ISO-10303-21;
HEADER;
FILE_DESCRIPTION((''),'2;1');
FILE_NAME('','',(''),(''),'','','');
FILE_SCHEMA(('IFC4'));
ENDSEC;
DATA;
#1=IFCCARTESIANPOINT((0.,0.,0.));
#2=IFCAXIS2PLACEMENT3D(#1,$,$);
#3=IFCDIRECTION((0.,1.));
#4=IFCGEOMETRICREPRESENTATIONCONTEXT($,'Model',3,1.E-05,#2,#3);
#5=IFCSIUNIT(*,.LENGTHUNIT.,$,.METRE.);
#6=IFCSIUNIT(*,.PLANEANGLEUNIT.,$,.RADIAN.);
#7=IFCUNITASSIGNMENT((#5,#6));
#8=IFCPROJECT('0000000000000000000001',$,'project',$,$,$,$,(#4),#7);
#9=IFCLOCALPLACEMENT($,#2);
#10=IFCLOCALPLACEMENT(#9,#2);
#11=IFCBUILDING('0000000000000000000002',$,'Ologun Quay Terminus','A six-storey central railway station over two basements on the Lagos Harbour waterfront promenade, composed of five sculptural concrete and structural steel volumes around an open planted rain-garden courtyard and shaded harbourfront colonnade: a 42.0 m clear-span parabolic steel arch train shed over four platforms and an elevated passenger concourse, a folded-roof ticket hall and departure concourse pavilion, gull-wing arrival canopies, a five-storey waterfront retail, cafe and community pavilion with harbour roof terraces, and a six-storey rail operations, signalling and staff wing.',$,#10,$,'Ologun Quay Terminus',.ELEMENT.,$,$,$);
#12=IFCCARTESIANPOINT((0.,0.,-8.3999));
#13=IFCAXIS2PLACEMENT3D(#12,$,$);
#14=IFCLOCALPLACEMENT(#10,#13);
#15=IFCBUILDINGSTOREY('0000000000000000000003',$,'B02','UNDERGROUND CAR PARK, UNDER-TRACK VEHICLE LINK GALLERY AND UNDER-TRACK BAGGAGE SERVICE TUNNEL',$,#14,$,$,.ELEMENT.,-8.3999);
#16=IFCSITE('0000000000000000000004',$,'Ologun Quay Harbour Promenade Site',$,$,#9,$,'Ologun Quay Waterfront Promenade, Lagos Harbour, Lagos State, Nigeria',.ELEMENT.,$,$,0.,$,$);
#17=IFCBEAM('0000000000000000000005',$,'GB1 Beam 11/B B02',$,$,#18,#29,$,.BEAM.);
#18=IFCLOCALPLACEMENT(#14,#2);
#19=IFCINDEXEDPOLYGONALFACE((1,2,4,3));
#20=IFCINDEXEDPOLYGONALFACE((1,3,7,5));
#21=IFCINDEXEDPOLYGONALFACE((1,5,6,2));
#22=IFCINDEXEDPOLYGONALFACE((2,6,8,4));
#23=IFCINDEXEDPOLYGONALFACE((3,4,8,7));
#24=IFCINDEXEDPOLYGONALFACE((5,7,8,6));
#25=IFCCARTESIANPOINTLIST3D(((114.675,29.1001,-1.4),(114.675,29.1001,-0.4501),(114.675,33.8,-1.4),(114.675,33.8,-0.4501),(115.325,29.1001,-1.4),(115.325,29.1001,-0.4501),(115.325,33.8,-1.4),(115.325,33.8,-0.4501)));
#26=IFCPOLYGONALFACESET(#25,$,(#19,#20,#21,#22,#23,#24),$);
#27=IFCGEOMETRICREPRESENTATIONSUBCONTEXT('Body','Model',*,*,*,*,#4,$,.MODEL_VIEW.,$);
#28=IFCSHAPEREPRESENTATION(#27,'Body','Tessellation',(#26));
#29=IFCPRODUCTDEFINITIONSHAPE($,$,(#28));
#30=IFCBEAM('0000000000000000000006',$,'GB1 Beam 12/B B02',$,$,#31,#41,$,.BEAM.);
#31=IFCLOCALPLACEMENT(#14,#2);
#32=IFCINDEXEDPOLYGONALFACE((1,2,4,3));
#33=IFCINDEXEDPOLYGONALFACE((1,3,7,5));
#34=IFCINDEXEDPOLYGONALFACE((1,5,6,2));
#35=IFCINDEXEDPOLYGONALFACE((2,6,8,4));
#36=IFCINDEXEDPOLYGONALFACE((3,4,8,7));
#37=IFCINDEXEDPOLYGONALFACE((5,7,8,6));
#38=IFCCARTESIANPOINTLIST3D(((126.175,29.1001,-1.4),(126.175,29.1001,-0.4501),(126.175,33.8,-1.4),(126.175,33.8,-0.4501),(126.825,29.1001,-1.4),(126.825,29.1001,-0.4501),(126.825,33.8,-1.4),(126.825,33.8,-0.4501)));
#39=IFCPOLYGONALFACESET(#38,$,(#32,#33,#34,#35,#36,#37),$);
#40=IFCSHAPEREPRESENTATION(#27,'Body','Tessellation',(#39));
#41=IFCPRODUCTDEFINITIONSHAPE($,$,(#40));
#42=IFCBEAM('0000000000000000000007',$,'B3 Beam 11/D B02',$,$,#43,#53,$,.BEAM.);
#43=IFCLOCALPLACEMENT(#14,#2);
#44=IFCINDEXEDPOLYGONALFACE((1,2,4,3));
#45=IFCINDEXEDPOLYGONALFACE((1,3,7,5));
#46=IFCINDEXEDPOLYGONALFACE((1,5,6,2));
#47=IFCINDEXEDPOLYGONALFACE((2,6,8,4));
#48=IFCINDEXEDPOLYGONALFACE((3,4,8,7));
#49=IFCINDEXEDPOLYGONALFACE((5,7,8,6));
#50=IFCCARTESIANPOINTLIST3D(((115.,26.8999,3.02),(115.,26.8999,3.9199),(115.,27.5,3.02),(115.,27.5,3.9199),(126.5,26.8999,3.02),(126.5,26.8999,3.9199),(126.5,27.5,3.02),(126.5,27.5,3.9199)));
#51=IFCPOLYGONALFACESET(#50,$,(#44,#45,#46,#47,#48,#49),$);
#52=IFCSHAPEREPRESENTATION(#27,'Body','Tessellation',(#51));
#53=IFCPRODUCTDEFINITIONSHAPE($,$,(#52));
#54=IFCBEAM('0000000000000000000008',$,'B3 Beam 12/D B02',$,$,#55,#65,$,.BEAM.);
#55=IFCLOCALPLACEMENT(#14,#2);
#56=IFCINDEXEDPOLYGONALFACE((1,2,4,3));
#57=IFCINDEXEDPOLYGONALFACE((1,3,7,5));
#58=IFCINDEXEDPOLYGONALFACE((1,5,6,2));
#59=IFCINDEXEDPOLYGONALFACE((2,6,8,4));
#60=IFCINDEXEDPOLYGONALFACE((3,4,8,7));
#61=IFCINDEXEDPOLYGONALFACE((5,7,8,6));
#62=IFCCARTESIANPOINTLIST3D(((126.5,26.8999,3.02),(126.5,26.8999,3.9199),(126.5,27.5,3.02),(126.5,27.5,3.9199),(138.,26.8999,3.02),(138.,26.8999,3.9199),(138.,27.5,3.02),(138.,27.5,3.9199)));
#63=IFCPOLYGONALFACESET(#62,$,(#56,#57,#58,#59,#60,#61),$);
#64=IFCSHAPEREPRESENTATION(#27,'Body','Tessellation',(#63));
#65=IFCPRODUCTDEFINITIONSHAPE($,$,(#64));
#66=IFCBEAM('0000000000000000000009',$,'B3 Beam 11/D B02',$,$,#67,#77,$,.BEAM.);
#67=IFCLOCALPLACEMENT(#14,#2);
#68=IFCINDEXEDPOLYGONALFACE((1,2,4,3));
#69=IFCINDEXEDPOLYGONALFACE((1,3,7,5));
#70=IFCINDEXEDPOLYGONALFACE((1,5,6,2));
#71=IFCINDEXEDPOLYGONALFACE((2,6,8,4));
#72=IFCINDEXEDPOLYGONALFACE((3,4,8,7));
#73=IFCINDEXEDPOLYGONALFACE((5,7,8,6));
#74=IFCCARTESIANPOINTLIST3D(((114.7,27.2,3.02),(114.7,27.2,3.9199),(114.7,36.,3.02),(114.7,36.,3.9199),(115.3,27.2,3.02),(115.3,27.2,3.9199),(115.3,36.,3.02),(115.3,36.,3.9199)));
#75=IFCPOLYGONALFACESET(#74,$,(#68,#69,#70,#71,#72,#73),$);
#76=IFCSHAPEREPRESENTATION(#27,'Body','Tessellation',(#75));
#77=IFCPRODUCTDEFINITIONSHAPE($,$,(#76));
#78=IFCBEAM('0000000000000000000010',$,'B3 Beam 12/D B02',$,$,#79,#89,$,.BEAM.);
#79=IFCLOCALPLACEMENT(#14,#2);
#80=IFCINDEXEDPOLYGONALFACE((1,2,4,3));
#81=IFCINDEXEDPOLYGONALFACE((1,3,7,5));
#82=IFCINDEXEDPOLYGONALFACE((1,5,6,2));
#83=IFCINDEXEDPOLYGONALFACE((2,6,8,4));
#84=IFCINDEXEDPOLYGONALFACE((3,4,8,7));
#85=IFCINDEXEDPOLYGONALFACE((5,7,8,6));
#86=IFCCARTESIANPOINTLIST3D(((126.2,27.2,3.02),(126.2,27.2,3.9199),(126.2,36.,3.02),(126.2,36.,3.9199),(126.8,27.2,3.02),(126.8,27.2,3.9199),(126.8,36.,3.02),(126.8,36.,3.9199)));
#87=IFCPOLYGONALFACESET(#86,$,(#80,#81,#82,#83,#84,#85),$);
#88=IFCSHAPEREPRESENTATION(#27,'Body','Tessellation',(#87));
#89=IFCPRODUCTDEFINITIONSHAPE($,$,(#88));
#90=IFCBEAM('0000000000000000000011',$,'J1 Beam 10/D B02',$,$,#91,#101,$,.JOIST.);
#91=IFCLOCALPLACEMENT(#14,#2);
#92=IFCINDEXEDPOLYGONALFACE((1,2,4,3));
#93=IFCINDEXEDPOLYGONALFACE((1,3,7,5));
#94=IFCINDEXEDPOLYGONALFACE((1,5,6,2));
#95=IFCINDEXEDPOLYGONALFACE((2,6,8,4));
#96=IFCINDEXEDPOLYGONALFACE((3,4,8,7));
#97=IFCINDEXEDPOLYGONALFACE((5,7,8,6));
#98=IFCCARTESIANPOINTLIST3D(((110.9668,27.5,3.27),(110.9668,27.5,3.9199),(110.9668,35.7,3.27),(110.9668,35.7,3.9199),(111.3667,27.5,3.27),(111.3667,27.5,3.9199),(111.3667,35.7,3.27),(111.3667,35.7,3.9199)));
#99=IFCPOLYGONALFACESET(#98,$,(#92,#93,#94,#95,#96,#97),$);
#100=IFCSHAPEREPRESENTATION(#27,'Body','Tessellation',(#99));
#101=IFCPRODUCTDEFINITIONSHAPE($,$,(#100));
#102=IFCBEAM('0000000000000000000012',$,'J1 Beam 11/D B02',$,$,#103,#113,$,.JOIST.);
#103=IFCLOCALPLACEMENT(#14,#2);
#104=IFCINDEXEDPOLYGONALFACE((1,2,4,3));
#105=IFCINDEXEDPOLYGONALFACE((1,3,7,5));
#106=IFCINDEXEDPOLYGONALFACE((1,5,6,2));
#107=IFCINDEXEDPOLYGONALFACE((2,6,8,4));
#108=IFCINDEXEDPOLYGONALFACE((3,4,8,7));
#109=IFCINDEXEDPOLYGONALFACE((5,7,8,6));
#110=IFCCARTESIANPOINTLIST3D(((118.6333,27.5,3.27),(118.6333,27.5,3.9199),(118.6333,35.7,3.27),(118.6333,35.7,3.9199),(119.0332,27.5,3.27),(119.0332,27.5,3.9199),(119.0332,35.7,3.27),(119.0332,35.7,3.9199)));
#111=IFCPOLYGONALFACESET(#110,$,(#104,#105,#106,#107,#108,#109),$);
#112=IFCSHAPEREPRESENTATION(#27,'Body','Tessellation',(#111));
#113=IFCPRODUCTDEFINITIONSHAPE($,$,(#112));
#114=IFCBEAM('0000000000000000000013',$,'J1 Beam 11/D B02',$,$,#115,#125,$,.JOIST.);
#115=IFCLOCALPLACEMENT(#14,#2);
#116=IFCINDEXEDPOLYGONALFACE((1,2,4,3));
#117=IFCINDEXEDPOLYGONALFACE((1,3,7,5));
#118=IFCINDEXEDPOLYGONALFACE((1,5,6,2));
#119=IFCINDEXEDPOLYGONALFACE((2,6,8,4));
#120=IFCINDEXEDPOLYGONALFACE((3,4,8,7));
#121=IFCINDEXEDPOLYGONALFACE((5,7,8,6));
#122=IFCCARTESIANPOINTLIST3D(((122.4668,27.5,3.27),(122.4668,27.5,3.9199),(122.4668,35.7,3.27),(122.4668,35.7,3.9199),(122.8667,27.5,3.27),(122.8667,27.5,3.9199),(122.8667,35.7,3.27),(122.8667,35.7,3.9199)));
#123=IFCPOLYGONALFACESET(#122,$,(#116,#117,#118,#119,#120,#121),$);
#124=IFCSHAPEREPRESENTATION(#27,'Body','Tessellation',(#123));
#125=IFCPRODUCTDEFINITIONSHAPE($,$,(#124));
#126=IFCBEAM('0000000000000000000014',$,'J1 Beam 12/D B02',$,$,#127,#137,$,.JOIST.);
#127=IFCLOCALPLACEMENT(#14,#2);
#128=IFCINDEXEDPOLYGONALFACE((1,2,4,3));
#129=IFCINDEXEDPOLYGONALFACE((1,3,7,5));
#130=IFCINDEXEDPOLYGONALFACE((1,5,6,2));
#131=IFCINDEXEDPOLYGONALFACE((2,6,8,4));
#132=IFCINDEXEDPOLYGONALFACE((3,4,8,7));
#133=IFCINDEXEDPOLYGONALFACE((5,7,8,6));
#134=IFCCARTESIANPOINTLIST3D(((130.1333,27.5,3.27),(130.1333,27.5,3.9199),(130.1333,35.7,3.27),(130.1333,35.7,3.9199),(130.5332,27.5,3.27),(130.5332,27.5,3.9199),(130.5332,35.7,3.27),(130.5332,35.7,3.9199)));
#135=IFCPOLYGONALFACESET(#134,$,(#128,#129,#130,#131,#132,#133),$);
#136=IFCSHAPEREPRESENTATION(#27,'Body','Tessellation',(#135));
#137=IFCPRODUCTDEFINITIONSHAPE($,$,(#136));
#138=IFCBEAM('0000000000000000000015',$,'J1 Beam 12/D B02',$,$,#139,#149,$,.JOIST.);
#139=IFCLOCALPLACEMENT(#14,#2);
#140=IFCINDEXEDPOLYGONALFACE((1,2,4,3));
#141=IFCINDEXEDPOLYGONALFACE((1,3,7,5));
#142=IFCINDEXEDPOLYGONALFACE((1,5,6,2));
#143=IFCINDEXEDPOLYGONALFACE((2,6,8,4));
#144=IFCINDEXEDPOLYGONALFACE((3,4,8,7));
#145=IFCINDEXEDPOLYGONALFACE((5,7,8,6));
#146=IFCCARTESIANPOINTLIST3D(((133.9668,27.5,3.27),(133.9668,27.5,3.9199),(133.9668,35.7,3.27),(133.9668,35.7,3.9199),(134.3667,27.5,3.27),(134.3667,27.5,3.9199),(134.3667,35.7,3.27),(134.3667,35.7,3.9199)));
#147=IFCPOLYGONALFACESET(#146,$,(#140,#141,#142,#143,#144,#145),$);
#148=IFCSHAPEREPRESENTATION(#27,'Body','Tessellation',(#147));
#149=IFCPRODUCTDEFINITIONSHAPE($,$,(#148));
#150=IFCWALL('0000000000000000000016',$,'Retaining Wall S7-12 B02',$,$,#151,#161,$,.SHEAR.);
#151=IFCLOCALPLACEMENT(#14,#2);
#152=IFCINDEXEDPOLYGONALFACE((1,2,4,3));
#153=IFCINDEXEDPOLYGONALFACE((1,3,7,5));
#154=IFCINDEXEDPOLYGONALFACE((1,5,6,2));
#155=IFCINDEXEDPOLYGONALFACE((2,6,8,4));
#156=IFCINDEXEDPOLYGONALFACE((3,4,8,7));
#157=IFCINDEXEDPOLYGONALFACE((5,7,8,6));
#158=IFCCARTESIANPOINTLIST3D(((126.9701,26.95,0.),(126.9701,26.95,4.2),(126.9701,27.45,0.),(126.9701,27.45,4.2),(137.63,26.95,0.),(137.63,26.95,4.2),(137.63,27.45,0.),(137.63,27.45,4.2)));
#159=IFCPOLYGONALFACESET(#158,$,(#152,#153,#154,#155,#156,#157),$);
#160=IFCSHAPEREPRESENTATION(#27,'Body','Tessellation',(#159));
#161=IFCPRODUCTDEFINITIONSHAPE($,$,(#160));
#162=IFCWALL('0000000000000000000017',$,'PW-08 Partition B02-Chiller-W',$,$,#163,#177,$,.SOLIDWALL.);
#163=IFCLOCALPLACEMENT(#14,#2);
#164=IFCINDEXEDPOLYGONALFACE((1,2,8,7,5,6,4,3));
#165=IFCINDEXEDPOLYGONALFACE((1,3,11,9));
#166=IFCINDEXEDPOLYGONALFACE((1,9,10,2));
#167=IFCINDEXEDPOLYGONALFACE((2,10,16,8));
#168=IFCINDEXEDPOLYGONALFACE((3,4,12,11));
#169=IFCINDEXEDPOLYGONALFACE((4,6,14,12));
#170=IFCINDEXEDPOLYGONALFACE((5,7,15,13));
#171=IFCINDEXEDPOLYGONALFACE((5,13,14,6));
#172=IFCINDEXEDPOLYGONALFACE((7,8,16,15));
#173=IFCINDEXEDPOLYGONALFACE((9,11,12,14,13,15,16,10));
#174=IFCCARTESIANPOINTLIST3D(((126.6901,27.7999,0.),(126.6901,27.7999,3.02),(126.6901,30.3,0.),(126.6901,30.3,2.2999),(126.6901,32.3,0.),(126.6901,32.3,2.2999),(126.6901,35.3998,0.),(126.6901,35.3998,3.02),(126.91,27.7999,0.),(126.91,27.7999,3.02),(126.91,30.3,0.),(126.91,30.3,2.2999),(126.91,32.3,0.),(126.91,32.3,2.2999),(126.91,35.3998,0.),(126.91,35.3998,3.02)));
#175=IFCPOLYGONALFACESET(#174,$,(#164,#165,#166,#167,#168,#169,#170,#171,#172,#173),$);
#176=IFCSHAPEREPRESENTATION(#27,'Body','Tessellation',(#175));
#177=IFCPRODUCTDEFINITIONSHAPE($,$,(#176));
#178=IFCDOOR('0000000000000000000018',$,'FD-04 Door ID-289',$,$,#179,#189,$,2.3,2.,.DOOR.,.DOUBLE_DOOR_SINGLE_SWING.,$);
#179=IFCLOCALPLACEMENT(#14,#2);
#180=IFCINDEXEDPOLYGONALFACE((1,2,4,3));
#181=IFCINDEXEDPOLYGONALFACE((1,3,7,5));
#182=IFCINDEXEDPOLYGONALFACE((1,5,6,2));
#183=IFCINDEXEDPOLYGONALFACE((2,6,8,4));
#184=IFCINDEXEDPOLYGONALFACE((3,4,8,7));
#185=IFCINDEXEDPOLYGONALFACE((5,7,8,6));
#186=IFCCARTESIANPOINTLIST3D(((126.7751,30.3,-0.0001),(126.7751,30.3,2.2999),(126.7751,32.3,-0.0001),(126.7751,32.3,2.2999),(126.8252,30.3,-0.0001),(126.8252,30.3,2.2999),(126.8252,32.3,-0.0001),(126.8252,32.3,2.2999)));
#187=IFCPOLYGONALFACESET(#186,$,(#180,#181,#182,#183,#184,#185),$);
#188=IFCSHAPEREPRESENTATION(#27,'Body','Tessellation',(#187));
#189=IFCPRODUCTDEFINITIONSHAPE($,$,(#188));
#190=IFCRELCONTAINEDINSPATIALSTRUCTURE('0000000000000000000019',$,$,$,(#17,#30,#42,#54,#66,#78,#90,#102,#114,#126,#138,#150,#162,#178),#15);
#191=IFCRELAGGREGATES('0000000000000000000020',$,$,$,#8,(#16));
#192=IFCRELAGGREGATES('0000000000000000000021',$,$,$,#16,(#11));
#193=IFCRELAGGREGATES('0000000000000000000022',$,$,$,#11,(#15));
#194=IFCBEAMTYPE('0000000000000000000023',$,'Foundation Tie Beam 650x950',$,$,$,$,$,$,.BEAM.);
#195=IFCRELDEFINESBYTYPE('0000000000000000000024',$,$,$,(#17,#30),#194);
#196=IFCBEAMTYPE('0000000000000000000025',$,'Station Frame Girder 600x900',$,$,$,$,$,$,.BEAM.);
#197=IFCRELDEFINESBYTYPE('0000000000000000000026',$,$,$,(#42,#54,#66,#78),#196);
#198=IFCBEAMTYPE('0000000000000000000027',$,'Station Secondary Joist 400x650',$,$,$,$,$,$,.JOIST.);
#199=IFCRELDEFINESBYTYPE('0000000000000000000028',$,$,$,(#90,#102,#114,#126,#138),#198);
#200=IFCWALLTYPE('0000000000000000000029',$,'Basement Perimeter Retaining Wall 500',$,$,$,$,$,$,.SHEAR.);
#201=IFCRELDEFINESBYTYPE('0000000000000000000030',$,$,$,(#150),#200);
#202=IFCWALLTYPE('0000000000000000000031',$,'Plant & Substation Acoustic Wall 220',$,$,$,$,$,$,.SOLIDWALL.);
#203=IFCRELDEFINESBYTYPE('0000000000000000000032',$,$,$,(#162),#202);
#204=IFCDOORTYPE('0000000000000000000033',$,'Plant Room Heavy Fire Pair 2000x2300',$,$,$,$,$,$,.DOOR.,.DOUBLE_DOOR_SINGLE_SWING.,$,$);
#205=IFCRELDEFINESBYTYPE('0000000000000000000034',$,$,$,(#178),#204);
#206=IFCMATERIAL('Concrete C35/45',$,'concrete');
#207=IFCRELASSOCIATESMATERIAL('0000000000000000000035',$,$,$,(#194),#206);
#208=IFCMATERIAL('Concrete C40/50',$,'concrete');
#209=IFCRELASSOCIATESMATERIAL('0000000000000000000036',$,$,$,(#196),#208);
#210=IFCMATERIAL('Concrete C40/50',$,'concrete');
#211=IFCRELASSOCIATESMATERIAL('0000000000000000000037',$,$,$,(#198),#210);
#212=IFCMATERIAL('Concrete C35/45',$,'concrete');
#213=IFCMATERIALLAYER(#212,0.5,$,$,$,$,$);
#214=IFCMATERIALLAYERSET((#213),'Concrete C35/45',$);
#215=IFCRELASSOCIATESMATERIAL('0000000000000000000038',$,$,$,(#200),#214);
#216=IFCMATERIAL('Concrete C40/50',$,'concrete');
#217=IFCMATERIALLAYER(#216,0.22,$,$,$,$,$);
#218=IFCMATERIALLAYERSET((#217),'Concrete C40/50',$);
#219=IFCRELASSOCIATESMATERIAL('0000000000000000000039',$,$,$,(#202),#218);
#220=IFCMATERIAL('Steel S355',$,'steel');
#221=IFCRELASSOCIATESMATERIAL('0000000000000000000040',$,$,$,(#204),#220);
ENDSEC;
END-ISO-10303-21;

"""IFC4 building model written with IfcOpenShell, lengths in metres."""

from ifc_helpers import new_model, si_unit, direction, frame, frame_2d, origin, origin_2d, place, context, subcontext, project, spatial, rectangle, extrude, material, layer, layer_set, material_profile, profile_set, type_object, element, fill, save


model = new_model("IFC4")

# Units and contexts
model_context = context("Model", 3, precision=1e-05, world=origin(), true_north=direction((0.0, 1.0)))
body_context = subcontext(model_context, "Body", "Model", "MODEL_VIEW")
ifc_project = project(units=[si_unit("LENGTHUNIT", "METRE"), si_unit("PLANEANGLEUNIT", "RADIAN")], contexts=[model_context])

# Site, building, storey
site_placement = place(None, origin())
site = spatial("IfcSite", under=ifc_project, at=site_placement, Name="Ologun Quay Harbour Promenade Site", LongName="Ologun Quay Waterfront Promenade, Lagos Harbour, Lagos State, Nigeria", CompositionType="ELEMENT", RefElevation=0.0)
building_placement = place(site_placement, origin())
building = spatial("IfcBuilding", under=site, at=building_placement, Name="Ologun Quay Terminus", Description="A six-storey central railway station over two basements on the Lagos Harbour waterfront promenade, composed of five sculptural concrete and structural steel volumes around an open planted rain-garden courtyard and shaded harbourfront colonnade: a 42.0 m clear-span parabolic steel arch train shed over four platforms and an elevated passenger concourse, a folded-roof ticket hall and departure concourse pavilion, gull-wing arrival canopies, a five-storey waterfront retail, cafe and community pavilion with harbour roof terraces, and a six-storey rail operations, signalling and staff wing.", LongName="Ologun Quay Terminus", CompositionType="ELEMENT")
storey_placement = place(building_placement, frame((0.0, 0.0, -8.3999)))
storey = spatial("IfcBuildingStorey", under=building, at=storey_placement, Name="B02", Description="UNDERGROUND CAR PARK, UNDER-TRACK VEHICLE LINK GALLERY AND UNDER-TRACK BAGGAGE SERVICE TUNNEL", CompositionType="ELEMENT", Elevation=-8.3999)

# Beams
ifc_material_1 = material(Name="Concrete C35/45", Category="concrete")
ifc_material_profile_1 = material_profile(ifc_material_1, rectangle(XDim=0.6499, YDim=0.95, at=origin_2d()), Name="RC 650x950")
ifc_profile_set_1 = profile_set([ifc_material_profile_1], Name="Concrete C35/45")
beam_type_1 = type_object("IfcBeamType", Name="Foundation Tie Beam 650x950", PredefinedType="BEAM", material=ifc_profile_set_1)
for number, where, z_axis, x_axis, name in (
    (1, (115.0, 29.1001, -0.925), (0.0, 1.0, 0.0), (-1.0, 0.0, 0.0), "GB1 Beam 11/B B02"),
    (2, (126.5, 29.1001, -0.925), (0.0, 1.0, 0.0), (-1.0, 0.0, 0.0), "GB1 Beam 12/B B02"),
):
    element("IfcBeam", number, at=place(storey_placement, frame(where, z_axis=z_axis, x_axis=x_axis)), inside=storey, type_object=beam_type_1, Name=name, PredefinedType="BEAM", context=body_context, shape_type="SweptSolid", body=[
        extrude(rectangle(XDim=0.6499, YDim=0.95, at=origin_2d()), origin(), (0.0, 0.0, 1.0), 4.7),
    ])
ifc_material_2 = material(Name="Concrete C40/50", Category="concrete")
ifc_material_profile_2 = material_profile(ifc_material_2, rectangle(XDim=0.6001, YDim=0.8999, at=origin_2d()), Name="RC 600x900")
ifc_profile_set_2 = profile_set([ifc_material_profile_2], Name="Concrete C40/50")
beam_type_2 = type_object("IfcBeamType", Name="Station Frame Girder 600x900", PredefinedType="BEAM", material=ifc_profile_set_2)
for number, where, z_axis, x_axis, name in (
    (3, (115.0, 27.2, 3.47), (1.0, 0.0, 0.0), (0.0, 1.0, 0.0), "B3 Beam 11/D B02"),
    (4, (126.5, 27.2, 3.47), (1.0, 0.0, 0.0), (0.0, 1.0, 0.0), "B3 Beam 12/D B02"),
):
    element("IfcBeam", number, at=place(storey_placement, frame(where, z_axis=z_axis, x_axis=x_axis)), inside=storey, type_object=beam_type_2, Name=name, PredefinedType="BEAM", context=body_context, shape_type="SweptSolid", body=[
        extrude(rectangle(XDim=0.6001, YDim=0.8999, at=origin_2d()), origin(), (0.0, 0.0, 1.0), 11.5),
    ])
for number, where, z_axis, x_axis, name in (
    (5, (115.0, 27.2, 3.47), (0.0, 1.0, 0.0), (-1.0, 0.0, 0.0), "B3 Beam 11/D B02"),
    (6, (126.5, 27.2, 3.47), (0.0, 1.0, 0.0), (-1.0, 0.0, 0.0), "B3 Beam 12/D B02"),
):
    element("IfcBeam", number, at=place(storey_placement, frame(where, z_axis=z_axis, x_axis=x_axis)), inside=storey, type_object=beam_type_2, Name=name, PredefinedType="BEAM", context=body_context, shape_type="SweptSolid", body=[
        extrude(rectangle(XDim=0.6001, YDim=0.8999, at=origin_2d()), origin(), (0.0, 0.0, 1.0), 8.8),
    ])
ifc_material_3 = material(Name="Concrete C40/50", Category="concrete")
ifc_material_profile_3 = material_profile(ifc_material_3, rectangle(XDim=0.3999, YDim=0.6499, at=origin_2d()), Name="RC 400x650")
ifc_profile_set_3 = profile_set([ifc_material_profile_3], Name="Concrete C40/50")
beam_type_3 = type_object("IfcBeamType", Name="Station Secondary Joist 400x650", PredefinedType="JOIST", material=ifc_profile_set_3)
for number, where, z_axis, x_axis, name in (
    (7, (111.1667, 27.5, 3.595), (0.0, 1.0, 0.0), (-1.0, 0.0, 0.0), "J1 Beam 10/D B02"),
    (8, (118.8333, 27.5, 3.595), (0.0, 1.0, 0.0), (-1.0, 0.0, 0.0), "J1 Beam 11/D B02"),
    (9, (122.6667, 27.5, 3.595), (0.0, 1.0, 0.0), (-1.0, 0.0, 0.0), "J1 Beam 11/D B02"),
    (10, (130.3333, 27.5, 3.595), (0.0, 1.0, 0.0), (-1.0, 0.0, 0.0), "J1 Beam 12/D B02"),
    (11, (134.1667, 27.5, 3.595), (0.0, 1.0, 0.0), (-1.0, 0.0, 0.0), "J1 Beam 12/D B02"),
):
    element("IfcBeam", number, at=place(storey_placement, frame(where, z_axis=z_axis, x_axis=x_axis)), inside=storey, type_object=beam_type_3, Name=name, PredefinedType="JOIST", context=body_context, shape_type="SweptSolid", body=[
        extrude(rectangle(XDim=0.3999, YDim=0.6499, at=origin_2d()), origin(), (0.0, 0.0, 1.0), 8.2),
    ])

# Wall
ifc_material_4 = material(Name="Concrete C35/45", Category="concrete")
ifc_layer_1 = layer(ifc_material_4, 0.5)
ifc_layer_set_1 = layer_set([ifc_layer_1], Name="Concrete C35/45")
wall_type_1 = type_object("IfcWallType", Name="Basement Perimeter Retaining Wall 500", PredefinedType="SHEAR", material=ifc_layer_set_1)
wall_1_placement = place(storey_placement, frame((126.97, 27.2, 0.0), z_axis=(0.0, 0.0, 1.0), x_axis=(1.0, 0.0, 0.0)))
element("IfcWall", 12, at=wall_1_placement, inside=storey, type_object=wall_type_1, Name="Retaining Wall S7-12 B02", PredefinedType="SHEAR", context=body_context, shape_type="SweptSolid", body=[
    extrude(rectangle(XDim=10.6599, YDim=0.5, at=frame_2d((5.3301, 0.0))), origin(), (0.0, 0.0, 1.0), 4.2),
])

# Wall, opening, door
ifc_material_5 = material(Name="Concrete C40/50", Category="concrete")
ifc_layer_2 = layer(ifc_material_5, 0.22)
ifc_layer_set_2 = layer_set([ifc_layer_2], Name="Concrete C40/50")
wall_type_2 = type_object("IfcWallType", Name="Plant & Substation Acoustic Wall 220", PredefinedType="SOLIDWALL", material=ifc_layer_set_2)
wall_2_placement = place(storey_placement, frame((126.8, 27.8, 0.0), z_axis=(0.0, 0.0, 1.0), x_axis=(0.0, 1.0, 0.0)))
wall_2 = element("IfcWall", 13, at=wall_2_placement, inside=storey, type_object=wall_type_2, Name="PW-08 Partition B02-Chiller-W", PredefinedType="SOLIDWALL", context=body_context, shape_type="SweptSolid", body=[
    extrude(rectangle(XDim=7.5999, YDim=0.22, at=frame_2d((3.7998, 0.0))), origin(), (0.0, 0.0, 1.0), 3.02),
])
opening_1_placement = place(wall_2_placement, frame((2.5, 0.0, 0.0)))
opening_1 = element("IfcOpeningElement", 14, at=opening_1_placement, cuts=wall_2, PredefinedType="OPENING", context=body_context, shape_type="SweptSolid", body=[
    extrude(rectangle(XDim=2.0, YDim=2.3, at=frame_2d((1.0, 1.1499))), frame((0.0, 0.1201, 0.0), z_axis=(0.0, -1.0, 0.0), x_axis=(1.0, 0.0, 0.0)), (0.0, 0.0, 1.0), 0.24),
])
ifc_material_6 = material(Name="Steel S355", Category="steel")
door_type_1 = type_object("IfcDoorType", Name="Plant Room Heavy Fire Pair 2000x2300", OperationType="DOUBLE_DOOR_SINGLE_SWING", PredefinedType="DOOR", material=ifc_material_6)
door_1_placement = place(opening_1_placement, origin())
door_1 = element("IfcDoor", 15, at=door_1_placement, inside=storey, type_object=door_type_1, Name="FD-04 Door ID-289", OperationType="DOUBLE_DOOR_SINGLE_SWING", OverallHeight=2.3, OverallWidth=2.0, PredefinedType="DOOR", context=body_context, shape_type="SweptSolid", body=[
    extrude(rectangle(XDim=2.0, YDim=2.3, at=frame_2d((1.0, 1.1499))), frame((0.0, 0.0249, 0.0), z_axis=(0.0, -1.0, 0.0), x_axis=(1.0, 0.0, 0.0)), (0.0, 0.0, 1.0), 0.05),
])
fill(opening_1, door_1)

save(model, "model.ifc")
